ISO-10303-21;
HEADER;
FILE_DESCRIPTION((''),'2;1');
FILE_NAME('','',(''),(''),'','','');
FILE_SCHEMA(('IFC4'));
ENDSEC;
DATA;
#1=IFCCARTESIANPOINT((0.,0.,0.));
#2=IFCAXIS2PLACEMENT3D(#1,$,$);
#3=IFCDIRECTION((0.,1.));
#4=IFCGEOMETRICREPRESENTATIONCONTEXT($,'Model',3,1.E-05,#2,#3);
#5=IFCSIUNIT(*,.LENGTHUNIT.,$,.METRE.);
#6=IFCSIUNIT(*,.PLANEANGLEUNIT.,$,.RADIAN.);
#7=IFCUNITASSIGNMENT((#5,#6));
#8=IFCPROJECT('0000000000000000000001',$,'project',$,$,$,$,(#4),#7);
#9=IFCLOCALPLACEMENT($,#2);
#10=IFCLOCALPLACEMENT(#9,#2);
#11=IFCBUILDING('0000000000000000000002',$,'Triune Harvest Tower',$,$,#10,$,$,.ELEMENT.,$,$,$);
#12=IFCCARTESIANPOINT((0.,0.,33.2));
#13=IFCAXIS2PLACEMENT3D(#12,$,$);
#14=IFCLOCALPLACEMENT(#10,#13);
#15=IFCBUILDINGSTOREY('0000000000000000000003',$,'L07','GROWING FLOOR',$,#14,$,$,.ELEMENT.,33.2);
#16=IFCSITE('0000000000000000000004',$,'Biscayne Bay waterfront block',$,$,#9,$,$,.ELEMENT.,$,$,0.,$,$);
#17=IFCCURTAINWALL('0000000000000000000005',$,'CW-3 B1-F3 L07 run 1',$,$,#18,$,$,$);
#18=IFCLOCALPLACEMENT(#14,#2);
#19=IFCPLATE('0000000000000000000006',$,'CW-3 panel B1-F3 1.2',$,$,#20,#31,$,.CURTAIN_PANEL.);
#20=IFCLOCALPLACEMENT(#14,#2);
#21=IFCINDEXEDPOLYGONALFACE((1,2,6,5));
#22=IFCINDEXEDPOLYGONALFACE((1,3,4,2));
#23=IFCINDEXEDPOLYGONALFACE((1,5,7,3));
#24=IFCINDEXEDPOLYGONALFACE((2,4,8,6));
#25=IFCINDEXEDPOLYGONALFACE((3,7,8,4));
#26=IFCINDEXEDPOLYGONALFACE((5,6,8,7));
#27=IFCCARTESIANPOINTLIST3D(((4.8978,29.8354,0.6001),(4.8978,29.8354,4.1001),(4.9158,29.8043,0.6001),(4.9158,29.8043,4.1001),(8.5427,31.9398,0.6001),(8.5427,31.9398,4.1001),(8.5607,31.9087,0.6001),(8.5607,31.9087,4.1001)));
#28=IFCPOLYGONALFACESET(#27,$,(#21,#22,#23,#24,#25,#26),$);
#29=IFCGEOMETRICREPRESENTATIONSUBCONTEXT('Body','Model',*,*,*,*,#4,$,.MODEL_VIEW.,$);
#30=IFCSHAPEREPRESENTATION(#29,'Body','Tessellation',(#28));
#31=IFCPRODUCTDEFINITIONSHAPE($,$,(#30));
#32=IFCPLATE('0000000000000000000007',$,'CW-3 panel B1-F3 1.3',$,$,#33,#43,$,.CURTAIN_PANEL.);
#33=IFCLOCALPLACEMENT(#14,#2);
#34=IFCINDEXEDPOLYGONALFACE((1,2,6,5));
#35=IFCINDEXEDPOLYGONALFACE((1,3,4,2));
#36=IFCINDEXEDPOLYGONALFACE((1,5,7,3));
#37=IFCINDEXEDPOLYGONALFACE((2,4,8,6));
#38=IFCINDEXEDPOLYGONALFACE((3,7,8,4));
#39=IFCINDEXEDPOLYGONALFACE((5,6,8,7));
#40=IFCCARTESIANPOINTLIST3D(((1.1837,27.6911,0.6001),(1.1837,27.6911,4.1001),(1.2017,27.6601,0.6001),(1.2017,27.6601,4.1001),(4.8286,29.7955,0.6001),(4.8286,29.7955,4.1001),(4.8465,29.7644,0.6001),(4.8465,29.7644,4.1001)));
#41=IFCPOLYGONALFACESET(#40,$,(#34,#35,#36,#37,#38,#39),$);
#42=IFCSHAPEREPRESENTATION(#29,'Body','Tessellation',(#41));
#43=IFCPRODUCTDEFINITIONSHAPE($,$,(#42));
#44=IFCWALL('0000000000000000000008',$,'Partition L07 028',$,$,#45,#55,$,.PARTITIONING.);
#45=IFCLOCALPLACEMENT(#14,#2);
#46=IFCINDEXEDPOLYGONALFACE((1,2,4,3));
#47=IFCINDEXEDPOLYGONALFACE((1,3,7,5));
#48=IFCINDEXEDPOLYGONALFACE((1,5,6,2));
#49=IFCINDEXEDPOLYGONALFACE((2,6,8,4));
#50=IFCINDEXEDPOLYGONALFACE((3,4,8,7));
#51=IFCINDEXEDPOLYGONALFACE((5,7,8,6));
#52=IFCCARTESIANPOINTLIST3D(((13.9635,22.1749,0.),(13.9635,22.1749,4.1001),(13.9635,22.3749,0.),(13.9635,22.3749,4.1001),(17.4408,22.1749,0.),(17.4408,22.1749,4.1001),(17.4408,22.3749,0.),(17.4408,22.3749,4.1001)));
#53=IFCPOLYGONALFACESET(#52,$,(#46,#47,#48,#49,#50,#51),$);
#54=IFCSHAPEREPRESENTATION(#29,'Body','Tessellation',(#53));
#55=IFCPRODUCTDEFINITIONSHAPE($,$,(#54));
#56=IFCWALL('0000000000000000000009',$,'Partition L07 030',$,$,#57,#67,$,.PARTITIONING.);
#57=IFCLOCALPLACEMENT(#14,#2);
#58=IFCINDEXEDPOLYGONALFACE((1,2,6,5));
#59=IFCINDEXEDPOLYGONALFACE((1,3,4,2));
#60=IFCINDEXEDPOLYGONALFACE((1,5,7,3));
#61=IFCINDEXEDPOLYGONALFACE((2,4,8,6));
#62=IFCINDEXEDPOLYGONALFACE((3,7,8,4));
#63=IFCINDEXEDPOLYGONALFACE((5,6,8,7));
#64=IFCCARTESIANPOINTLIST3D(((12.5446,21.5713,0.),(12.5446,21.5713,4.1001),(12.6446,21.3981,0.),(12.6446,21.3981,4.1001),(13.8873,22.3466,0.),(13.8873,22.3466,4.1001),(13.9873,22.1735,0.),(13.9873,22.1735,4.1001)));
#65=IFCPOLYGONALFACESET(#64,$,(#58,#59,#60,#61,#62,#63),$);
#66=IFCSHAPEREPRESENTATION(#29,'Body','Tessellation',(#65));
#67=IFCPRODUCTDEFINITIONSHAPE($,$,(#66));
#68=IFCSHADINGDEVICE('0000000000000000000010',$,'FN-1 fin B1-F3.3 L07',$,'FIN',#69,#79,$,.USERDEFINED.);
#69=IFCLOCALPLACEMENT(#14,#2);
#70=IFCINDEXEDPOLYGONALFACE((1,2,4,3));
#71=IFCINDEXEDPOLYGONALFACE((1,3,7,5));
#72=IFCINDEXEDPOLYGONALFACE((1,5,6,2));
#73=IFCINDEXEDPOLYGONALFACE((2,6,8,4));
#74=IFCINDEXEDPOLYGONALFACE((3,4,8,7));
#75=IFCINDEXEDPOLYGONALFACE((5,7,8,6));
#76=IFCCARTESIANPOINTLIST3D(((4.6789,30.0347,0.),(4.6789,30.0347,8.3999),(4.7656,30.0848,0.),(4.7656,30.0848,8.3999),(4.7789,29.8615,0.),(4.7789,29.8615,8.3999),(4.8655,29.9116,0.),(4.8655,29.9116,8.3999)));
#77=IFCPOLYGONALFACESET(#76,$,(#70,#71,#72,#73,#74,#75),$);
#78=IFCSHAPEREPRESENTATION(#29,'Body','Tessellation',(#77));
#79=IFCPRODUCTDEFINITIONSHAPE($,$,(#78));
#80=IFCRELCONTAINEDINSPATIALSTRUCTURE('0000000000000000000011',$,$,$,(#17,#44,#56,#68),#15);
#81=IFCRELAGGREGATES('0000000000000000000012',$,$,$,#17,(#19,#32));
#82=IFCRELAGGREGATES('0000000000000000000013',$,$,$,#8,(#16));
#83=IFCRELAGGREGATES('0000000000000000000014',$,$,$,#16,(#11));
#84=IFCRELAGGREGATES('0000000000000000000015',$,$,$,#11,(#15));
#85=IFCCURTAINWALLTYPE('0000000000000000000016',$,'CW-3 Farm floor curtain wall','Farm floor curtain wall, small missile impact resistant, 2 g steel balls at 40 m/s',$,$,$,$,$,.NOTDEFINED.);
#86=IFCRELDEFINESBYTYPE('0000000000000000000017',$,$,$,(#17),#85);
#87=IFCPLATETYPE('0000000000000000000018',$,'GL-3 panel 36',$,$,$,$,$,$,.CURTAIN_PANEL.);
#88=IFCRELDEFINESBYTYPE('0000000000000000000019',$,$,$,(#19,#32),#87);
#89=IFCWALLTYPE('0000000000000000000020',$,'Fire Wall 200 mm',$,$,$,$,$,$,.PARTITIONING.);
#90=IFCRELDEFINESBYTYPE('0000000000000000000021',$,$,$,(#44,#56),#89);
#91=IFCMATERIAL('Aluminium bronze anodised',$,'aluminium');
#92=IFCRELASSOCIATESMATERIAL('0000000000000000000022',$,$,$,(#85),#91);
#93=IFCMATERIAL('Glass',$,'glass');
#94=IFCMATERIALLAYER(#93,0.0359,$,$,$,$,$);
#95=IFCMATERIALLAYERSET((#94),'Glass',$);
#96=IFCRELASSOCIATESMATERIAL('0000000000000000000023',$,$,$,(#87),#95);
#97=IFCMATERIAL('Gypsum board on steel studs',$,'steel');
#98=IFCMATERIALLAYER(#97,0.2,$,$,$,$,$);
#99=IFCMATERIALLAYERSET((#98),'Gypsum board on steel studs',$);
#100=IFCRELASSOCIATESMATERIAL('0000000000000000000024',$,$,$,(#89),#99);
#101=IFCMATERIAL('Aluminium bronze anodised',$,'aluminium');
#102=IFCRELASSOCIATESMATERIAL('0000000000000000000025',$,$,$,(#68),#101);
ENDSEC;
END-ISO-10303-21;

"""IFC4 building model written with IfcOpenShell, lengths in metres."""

from ifc_helpers import new_model, si_unit, direction, frame, frame_2d, origin, origin_2d, place, context, subcontext, project, spatial, rectangle, extrude, source, transform, mapped, material, layer, layer_set, type_object, element, aggregate, save


model = new_model("IFC4")

# Units and contexts
model_context = context("Model", 3, precision=1e-05, world=origin(), true_north=direction((0.0, 1.0)))
body_context = subcontext(model_context, "Body", "Model", "MODEL_VIEW")
ifc_project = project(units=[si_unit("LENGTHUNIT", "METRE"), si_unit("PLANEANGLEUNIT", "RADIAN")], contexts=[model_context])

# Site, building, storey
site_placement = place(None, origin())
site = spatial("IfcSite", under=ifc_project, at=site_placement, Name="Biscayne Bay waterfront block", CompositionType="ELEMENT", RefElevation=0.0)
building_placement = place(site_placement, origin())
building = spatial("IfcBuilding", under=site, at=building_placement, Name="Triune Harvest Tower", CompositionType="ELEMENT")
storey_placement = place(building_placement, frame((0.0, 0.0, 33.2)))
storey = spatial("IfcBuildingStorey", under=building, at=storey_placement, Name="L07", Description="GROWING FLOOR", CompositionType="ELEMENT", Elevation=33.2)

# Curtain wall
ifc_material_1 = material(Name="Aluminium bronze anodised", Category="aluminium")
curtain_wall_type = type_object("IfcCurtainWallType", Name="CW-3 Farm floor curtain wall", Description="Farm floor curtain wall, small missile impact resistant, 2 g steel balls at 40 m/s", PredefinedType="NOTDEFINED", material=ifc_material_1)
curtain_wall_1_placement = place(storey_placement, origin())
curtain_wall_1 = element("IfcCurtainWall", 1, at=curtain_wall_1_placement, inside=storey, type_object=curtain_wall_type, Name="CW-3 B1-F3 L07 run 1")

# Plates
ifc_material_2 = material(Name="Glass", Category="glass")
ifc_layer_1 = layer(ifc_material_2, 0.0359)
ifc_layer_set_1 = layer_set([ifc_layer_1], Name="Glass")
plate_type = type_object("IfcPlateType", Name="GL-3 panel 36", PredefinedType="CURTAIN_PANEL", material=ifc_layer_set_1)
shared_shape_1 = source(origin(), body_context, "Body", "SweptSolid", [
    extrude(rectangle(XDim=4.2087, YDim=0.0359, at=origin_2d()), origin(), (0.0, 0.0, 1.0), 3.5),
])
plate_1_placement = place(storey_placement, frame((6.7292, 30.8721, 0.6001), z_axis=(0.0, 0.0, 1.0), x_axis=(-0.866025, -0.500001, 0.0)))
plate_1 = element("IfcPlate", 2, at=plate_1_placement, type_object=plate_type, Name="CW-3 panel B1-F3 1.2", PredefinedType="CURTAIN_PANEL", context=body_context, shape_type="MappedRepresentation", body=[
    mapped(shared_shape_1, transform((0.0, 0.0, 0.0), scale=1.0)),
])
plate_2_placement = place(storey_placement, frame((3.0151, 28.7278, 0.6001), z_axis=(0.0, 0.0, 1.0), x_axis=(-0.866025, -0.500001, 0.0)))
plate_2 = element("IfcPlate", 3, at=plate_2_placement, type_object=plate_type, Name="CW-3 panel B1-F3 1.3", PredefinedType="CURTAIN_PANEL", context=body_context, shape_type="MappedRepresentation", body=[
    mapped(shared_shape_1, transform((0.0, 0.0, 0.0), scale=1.0)),
])
aggregate(curtain_wall_1, [plate_1, plate_2])

# Walls
ifc_material_3 = material(Name="Gypsum board on steel studs", Category="steel")
ifc_layer_2 = layer(ifc_material_3, 0.2)
ifc_layer_set_2 = layer_set([ifc_layer_2], Name="Gypsum board on steel studs")
wall_type = type_object("IfcWallType", Name="Fire Wall 200 mm", PredefinedType="PARTITIONING", material=ifc_layer_set_2)
wall_1_placement = place(storey_placement, frame((13.9634, 22.2749, 0.0), z_axis=(0.0, 0.0, 1.0), x_axis=(1.0, 0.0, 0.0)))
element("IfcWall", 4, at=wall_1_placement, inside=storey, type_object=wall_type, Name="Partition L07 028", PredefinedType="PARTITIONING", context=body_context, shape_type="SweptSolid", body=[
    extrude(rectangle(XDim=3.4773, YDim=0.2, at=frame_2d((1.7388, 0.0))), origin(), (0.0, 0.0, 1.0), 4.1001),
])
wall_2_placement = place(storey_placement, frame((12.5945, 21.4846, 0.0), z_axis=(0.0, 0.0, 1.0), x_axis=(0.865986, 0.500068, 0.0)))
element("IfcWall", 5, at=wall_2_placement, inside=storey, type_object=wall_type, Name="Partition L07 030", PredefinedType="PARTITIONING", context=body_context, shape_type="SweptSolid", body=[
    extrude(rectangle(XDim=1.5505, YDim=0.2, at=frame_2d((0.7754, 0.0))), origin(), (0.0, 0.0, 1.0), 4.1001),
])

# Shading device
ifc_material_4 = material(Name="Aluminium bronze anodised", Category="aluminium")
shared_shape_2 = source(origin(), body_context, "Body", "SweptSolid", [
    extrude(rectangle(XDim=0.1001, YDim=0.2, at=origin_2d()), origin(), (0.0, 0.0, 1.0), 8.3999),
])
shading_device_placement = place(storey_placement, frame((4.7722, 29.9731, 0.0), z_axis=(0.0, 0.0, 1.0), x_axis=(-0.866025, -0.5, 0.0)))
element("IfcShadingDevice", 6, at=shading_device_placement, inside=storey, material=ifc_material_4, Name="FN-1 fin B1-F3.3 L07", ObjectType="FIN", PredefinedType="USERDEFINED", context=body_context, shape_type="MappedRepresentation", body=[
    mapped(shared_shape_2, transform((0.0, 0.0, 0.0), scale=1.0)),
])

save(model, "model.ifc")
